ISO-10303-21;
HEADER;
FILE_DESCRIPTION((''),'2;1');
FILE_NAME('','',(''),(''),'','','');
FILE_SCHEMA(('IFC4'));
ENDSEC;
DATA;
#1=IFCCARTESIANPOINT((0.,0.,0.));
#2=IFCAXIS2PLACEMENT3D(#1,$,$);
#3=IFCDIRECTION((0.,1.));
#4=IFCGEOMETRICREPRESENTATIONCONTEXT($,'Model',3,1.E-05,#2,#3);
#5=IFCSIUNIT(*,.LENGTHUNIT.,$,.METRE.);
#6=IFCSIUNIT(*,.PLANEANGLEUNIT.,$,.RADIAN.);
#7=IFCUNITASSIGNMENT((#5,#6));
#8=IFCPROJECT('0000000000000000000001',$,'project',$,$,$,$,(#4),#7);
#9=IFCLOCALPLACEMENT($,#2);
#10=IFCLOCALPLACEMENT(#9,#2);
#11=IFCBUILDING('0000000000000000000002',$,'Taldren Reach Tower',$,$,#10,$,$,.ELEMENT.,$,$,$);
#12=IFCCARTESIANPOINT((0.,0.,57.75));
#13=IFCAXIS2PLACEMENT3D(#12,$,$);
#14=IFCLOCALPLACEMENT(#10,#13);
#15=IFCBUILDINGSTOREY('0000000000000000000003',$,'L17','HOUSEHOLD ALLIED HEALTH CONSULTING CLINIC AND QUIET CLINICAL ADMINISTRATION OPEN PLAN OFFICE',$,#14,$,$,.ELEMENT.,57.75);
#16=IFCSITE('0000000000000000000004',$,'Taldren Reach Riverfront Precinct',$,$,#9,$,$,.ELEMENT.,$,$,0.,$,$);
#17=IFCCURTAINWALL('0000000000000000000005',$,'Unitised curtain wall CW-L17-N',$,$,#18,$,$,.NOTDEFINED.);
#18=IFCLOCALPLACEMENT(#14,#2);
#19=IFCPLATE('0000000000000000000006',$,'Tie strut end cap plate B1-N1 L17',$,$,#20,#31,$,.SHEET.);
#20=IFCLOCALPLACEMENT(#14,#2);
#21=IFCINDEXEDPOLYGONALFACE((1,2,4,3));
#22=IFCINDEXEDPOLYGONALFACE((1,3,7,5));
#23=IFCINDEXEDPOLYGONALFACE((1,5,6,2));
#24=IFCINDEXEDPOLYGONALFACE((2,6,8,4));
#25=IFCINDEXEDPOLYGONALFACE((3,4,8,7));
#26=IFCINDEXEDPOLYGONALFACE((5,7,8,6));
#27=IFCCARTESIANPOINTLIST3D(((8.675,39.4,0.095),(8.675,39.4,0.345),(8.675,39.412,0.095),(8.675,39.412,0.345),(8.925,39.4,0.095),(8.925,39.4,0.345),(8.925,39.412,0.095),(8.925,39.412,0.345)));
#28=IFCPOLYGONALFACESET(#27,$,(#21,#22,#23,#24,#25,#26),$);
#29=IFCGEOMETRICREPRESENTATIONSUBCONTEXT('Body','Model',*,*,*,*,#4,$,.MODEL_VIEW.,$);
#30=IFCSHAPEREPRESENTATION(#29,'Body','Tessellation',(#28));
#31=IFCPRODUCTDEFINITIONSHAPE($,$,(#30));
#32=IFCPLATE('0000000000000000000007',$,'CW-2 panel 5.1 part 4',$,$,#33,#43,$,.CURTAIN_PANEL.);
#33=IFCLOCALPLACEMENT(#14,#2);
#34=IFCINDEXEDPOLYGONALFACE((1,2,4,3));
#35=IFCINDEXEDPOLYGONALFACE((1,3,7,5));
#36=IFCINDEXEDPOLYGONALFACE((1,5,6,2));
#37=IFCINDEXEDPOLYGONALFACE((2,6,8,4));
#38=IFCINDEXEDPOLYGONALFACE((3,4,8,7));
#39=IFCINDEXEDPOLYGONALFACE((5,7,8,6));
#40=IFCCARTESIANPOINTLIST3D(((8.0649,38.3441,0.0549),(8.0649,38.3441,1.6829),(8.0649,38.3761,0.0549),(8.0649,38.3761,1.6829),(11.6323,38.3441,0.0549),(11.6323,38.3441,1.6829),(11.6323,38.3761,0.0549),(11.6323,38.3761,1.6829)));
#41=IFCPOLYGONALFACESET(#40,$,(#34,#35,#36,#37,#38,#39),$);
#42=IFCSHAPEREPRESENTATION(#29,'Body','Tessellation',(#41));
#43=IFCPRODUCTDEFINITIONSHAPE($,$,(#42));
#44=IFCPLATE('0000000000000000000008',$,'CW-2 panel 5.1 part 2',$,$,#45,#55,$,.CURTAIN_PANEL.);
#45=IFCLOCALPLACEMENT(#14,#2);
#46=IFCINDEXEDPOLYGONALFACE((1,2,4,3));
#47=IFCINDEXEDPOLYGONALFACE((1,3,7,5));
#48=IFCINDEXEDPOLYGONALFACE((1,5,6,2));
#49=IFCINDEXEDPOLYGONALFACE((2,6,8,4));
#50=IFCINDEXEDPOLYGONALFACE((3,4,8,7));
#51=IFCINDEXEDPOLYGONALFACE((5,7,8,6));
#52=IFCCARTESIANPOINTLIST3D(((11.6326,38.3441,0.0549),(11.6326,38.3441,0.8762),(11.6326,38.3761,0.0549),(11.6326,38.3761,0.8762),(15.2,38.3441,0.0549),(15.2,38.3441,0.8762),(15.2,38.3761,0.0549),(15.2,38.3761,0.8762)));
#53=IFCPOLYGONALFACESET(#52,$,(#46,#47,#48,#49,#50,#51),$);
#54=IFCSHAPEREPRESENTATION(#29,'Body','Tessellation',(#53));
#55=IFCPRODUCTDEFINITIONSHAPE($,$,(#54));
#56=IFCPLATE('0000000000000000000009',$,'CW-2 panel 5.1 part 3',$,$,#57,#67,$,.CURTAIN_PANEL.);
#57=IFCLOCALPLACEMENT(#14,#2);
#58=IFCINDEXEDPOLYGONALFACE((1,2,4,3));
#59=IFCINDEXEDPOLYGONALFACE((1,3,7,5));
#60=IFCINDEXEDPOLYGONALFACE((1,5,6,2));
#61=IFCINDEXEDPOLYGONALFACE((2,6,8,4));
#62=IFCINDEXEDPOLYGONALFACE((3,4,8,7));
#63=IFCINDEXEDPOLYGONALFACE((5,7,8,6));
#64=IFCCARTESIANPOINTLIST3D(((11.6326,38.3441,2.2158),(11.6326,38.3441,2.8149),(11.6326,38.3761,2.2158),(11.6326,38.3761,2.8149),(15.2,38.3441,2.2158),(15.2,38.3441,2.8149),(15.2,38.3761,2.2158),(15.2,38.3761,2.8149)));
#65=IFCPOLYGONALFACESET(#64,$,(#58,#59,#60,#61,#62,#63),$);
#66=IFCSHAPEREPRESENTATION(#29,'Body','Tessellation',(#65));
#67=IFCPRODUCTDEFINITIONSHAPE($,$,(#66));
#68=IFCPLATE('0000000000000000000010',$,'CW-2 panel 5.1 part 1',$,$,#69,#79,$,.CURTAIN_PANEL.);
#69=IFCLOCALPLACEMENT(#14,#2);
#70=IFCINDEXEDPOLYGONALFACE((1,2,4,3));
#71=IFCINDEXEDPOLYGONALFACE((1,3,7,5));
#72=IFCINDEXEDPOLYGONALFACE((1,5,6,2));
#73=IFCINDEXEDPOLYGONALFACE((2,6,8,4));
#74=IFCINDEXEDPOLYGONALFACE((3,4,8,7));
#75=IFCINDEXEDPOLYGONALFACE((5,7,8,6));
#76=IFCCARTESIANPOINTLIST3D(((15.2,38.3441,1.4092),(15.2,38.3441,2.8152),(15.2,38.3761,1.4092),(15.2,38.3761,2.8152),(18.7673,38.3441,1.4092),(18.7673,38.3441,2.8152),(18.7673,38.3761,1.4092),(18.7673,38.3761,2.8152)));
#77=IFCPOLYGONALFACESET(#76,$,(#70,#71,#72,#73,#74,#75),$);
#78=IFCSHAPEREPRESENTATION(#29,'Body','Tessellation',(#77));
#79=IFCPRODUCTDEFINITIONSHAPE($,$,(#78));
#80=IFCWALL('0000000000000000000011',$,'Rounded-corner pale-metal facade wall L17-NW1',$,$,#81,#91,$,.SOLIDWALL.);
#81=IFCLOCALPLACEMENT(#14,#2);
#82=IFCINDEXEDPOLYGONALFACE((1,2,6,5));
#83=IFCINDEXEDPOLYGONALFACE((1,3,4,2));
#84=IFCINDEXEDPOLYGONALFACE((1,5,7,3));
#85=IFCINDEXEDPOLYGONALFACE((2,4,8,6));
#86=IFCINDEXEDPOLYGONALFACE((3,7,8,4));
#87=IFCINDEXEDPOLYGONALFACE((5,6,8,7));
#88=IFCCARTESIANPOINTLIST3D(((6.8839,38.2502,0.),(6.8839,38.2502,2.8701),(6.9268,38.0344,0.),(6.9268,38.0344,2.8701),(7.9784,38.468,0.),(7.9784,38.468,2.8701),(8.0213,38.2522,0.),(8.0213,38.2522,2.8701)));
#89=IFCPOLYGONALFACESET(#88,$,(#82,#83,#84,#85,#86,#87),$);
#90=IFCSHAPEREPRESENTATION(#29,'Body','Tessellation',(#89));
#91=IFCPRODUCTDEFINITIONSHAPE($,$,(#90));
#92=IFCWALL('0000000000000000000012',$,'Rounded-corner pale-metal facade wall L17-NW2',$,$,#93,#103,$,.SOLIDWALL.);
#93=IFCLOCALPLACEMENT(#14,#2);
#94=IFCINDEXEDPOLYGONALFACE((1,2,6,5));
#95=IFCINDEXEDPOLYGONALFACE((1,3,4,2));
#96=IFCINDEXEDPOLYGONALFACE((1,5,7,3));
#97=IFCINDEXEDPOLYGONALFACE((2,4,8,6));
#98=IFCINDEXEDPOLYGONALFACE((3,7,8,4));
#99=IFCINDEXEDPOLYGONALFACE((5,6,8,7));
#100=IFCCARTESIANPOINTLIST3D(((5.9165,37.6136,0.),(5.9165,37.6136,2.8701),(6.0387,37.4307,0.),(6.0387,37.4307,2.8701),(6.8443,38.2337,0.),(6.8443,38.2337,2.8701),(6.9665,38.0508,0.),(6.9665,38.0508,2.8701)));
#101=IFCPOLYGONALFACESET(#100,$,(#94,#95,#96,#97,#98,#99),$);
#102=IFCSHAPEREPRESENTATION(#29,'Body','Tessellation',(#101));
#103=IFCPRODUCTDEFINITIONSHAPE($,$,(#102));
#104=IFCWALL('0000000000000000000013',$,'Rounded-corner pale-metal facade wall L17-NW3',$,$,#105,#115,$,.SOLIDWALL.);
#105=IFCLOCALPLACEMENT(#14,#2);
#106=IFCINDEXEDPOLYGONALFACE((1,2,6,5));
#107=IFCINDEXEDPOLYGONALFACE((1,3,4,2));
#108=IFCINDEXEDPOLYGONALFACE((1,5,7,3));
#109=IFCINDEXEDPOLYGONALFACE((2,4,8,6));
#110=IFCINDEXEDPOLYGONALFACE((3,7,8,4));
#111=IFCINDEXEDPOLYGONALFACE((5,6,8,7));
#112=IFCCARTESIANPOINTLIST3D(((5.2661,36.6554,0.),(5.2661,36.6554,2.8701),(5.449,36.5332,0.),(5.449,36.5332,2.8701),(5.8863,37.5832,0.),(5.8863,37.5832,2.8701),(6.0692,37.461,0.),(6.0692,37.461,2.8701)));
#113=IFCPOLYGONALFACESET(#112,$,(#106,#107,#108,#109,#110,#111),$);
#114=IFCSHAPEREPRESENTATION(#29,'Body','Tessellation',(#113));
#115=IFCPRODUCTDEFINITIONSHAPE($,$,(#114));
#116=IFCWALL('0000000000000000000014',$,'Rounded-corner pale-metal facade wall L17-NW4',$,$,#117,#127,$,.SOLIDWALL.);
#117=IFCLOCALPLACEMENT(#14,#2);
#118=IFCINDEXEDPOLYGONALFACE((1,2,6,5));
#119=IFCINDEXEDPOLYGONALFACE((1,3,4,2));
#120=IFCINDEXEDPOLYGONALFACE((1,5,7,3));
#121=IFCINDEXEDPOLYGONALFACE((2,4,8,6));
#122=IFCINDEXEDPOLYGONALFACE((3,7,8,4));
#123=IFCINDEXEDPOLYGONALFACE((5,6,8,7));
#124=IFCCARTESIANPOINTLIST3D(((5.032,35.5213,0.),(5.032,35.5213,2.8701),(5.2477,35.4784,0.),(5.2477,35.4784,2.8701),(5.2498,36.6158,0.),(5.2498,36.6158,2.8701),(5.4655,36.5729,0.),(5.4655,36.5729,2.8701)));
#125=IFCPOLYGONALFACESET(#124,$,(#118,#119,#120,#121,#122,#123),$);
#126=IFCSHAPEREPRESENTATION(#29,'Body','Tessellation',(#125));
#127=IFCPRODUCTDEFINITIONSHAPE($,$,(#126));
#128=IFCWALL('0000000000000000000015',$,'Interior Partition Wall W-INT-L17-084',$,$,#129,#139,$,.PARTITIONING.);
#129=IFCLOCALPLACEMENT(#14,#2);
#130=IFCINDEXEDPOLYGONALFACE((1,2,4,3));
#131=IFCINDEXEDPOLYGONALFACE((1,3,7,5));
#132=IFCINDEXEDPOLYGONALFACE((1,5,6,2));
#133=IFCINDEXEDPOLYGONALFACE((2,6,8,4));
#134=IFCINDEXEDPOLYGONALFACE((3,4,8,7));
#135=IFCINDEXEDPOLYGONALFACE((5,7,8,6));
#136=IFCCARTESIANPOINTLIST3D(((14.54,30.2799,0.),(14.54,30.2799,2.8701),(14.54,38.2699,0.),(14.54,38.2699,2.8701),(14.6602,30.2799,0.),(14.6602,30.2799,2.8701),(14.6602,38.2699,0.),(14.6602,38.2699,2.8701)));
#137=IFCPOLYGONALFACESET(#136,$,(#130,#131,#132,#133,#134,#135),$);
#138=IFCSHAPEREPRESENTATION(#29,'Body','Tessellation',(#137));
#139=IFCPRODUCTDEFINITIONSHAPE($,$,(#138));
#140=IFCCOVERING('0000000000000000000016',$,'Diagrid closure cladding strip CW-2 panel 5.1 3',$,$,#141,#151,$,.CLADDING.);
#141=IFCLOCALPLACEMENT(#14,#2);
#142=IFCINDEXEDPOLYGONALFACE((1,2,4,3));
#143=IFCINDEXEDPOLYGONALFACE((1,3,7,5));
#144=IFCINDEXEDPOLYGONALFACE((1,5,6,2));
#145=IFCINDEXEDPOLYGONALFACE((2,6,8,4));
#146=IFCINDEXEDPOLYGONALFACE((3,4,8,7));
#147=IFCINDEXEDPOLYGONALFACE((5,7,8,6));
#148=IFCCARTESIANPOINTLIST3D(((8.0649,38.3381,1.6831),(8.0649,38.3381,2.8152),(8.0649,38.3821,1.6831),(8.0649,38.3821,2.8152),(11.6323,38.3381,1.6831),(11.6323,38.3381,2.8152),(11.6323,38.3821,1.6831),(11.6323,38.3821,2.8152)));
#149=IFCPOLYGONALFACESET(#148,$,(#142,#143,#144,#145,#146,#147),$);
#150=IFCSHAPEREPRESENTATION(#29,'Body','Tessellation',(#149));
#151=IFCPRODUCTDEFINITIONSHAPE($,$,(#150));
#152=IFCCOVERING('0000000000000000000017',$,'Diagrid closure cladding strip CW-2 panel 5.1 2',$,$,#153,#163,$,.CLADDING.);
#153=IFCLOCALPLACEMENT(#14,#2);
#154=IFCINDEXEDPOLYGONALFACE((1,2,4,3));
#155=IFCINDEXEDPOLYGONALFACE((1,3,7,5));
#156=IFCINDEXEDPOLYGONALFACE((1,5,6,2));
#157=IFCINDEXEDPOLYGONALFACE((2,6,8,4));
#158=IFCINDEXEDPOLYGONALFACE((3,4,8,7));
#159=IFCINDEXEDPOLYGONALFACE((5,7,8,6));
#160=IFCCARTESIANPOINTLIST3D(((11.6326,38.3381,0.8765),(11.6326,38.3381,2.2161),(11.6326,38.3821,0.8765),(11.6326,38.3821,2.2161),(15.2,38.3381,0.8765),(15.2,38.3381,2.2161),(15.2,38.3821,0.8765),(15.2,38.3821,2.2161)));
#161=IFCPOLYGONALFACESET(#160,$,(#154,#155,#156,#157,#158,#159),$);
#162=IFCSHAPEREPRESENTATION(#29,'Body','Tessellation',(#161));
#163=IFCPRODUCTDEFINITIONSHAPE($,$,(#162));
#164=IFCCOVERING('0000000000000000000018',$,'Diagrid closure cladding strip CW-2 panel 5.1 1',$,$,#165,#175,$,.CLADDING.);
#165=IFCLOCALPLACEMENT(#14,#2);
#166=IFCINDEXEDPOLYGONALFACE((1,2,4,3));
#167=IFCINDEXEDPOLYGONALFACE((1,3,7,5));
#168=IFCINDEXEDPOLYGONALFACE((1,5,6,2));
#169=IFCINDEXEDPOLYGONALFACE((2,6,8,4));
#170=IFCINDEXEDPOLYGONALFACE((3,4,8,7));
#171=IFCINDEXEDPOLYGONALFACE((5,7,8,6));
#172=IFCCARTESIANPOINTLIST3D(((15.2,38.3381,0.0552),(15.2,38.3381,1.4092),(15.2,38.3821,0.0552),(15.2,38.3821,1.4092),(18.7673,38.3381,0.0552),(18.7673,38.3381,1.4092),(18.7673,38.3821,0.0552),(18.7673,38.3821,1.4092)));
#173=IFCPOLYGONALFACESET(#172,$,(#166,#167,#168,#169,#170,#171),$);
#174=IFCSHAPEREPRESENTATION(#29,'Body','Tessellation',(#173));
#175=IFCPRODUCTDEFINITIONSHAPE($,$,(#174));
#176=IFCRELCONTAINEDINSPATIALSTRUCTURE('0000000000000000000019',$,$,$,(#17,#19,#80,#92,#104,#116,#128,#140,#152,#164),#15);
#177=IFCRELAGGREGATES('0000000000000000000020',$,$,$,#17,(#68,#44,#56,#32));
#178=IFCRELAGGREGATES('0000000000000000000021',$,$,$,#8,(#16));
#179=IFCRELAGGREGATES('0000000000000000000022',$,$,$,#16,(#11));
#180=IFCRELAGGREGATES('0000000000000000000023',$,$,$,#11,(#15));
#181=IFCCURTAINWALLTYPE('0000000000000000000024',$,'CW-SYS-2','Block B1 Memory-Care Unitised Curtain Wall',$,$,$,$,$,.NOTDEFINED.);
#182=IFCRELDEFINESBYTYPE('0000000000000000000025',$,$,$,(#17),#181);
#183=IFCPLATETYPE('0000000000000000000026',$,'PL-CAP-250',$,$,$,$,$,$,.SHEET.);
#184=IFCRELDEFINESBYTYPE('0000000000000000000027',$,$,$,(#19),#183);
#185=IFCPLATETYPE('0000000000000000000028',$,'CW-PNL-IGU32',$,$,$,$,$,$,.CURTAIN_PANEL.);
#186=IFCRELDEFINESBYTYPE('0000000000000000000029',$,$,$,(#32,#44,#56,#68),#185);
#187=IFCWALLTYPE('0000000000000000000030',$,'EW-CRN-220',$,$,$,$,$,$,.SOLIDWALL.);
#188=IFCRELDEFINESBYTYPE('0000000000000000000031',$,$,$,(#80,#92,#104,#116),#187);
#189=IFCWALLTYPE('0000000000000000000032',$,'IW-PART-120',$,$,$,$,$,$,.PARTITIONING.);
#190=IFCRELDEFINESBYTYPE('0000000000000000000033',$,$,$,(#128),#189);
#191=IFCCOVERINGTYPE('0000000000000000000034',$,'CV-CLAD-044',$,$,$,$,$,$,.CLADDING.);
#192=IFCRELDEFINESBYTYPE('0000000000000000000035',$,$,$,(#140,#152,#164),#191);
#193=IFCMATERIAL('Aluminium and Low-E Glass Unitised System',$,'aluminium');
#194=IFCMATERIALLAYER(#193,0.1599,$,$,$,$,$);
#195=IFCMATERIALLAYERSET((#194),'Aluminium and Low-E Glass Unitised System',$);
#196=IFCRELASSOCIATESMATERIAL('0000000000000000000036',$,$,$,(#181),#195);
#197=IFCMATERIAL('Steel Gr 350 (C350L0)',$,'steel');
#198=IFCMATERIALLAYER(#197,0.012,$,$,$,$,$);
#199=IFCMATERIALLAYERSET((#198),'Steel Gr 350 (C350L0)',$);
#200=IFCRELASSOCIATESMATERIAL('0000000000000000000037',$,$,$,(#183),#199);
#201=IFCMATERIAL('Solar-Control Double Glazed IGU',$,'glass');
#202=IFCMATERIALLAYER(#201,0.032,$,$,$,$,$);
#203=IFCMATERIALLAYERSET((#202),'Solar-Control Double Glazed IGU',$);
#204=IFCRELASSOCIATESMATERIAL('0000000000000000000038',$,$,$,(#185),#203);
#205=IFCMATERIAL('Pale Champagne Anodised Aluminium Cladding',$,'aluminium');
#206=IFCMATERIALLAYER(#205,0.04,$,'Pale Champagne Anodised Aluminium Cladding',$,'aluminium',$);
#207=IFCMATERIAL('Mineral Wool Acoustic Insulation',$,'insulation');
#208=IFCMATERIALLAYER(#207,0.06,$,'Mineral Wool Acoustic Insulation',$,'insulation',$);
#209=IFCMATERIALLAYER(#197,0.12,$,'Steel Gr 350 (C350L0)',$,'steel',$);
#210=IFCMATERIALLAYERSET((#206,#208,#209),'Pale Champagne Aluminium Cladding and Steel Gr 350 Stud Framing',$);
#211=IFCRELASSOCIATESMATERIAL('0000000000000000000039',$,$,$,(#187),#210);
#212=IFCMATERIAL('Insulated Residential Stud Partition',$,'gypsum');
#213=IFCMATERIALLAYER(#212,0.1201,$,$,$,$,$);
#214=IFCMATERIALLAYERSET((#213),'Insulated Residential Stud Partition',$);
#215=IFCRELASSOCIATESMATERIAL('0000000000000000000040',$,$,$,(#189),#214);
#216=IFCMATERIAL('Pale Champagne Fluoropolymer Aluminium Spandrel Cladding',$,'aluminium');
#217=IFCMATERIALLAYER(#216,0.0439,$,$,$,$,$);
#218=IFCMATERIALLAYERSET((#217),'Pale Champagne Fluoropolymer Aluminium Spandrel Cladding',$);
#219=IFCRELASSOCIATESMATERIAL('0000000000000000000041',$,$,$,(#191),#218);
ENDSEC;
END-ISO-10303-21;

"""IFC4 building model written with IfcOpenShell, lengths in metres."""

from ifc_helpers import new_model, si_unit, direction, frame, frame_2d, origin, origin_2d, place, context, subcontext, project, spatial, rectangle, extrude, source, transform, mapped, material, layer, layer_set, type_object, element, aggregate, save


model = new_model("IFC4")

# Units and contexts
model_context = context("Model", 3, precision=1e-05, world=origin(), true_north=direction((0.0, 1.0)))
body_context = subcontext(model_context, "Body", "Model", "MODEL_VIEW")
ifc_project = project(units=[si_unit("LENGTHUNIT", "METRE"), si_unit("PLANEANGLEUNIT", "RADIAN")], contexts=[model_context])

# Site, building, storey
site_placement = place(None, origin())
site = spatial("IfcSite", under=ifc_project, at=site_placement, Name="Taldren Reach Riverfront Precinct", CompositionType="ELEMENT", RefElevation=0.0)
building_placement = place(site_placement, origin())
building = spatial("IfcBuilding", under=site, at=building_placement, Name="Taldren Reach Tower", CompositionType="ELEMENT")
storey_placement = place(building_placement, frame((0.0, 0.0, 57.75)))
storey = spatial("IfcBuildingStorey", under=building, at=storey_placement, Name="L17", Description="HOUSEHOLD ALLIED HEALTH CONSULTING CLINIC AND QUIET CLINICAL ADMINISTRATION OPEN PLAN OFFICE", CompositionType="ELEMENT", Elevation=57.75)

# Shared definitions
ifc_material_1 = material(Name="Steel Gr 350 (C350L0)", Category="steel")

# Curtain wall
ifc_material_2 = material(Name="Aluminium and Low-E Glass Unitised System", Category="aluminium")
ifc_layer_1 = layer(ifc_material_2, 0.1599)
ifc_layer_set_1 = layer_set([ifc_layer_1], Name="Aluminium and Low-E Glass Unitised System")
curtain_wall_type = type_object("IfcCurtainWallType", Name="CW-SYS-2", Description="Block B1 Memory-Care Unitised Curtain Wall", PredefinedType="NOTDEFINED", material=ifc_layer_set_1)
curtain_wall_1_placement = place(storey_placement, origin())
curtain_wall_1 = element("IfcCurtainWall", 1, at=curtain_wall_1_placement, inside=storey, type_object=curtain_wall_type, Name="Unitised curtain wall CW-L17-N", PredefinedType="NOTDEFINED")

# Plates
ifc_layer_2 = layer(ifc_material_1, 0.012)
ifc_layer_set_2 = layer_set([ifc_layer_2], Name="Steel Gr 350 (C350L0)")
plate_type_1 = type_object("IfcPlateType", Name="PL-CAP-250", PredefinedType="SHEET", material=ifc_layer_set_2)
shared_shape_1 = source(origin(), body_context, "Body", "SweptSolid", [
    extrude(rectangle(XDim=0.25, YDim=0.012, at=origin_2d()), origin(), (0.0, 0.0, 1.0), 0.25),
])
plate_1_placement = place(storey_placement, frame((8.8, 39.406, 0.095), z_axis=(0.0, 0.0, 1.0), x_axis=(1.0, 0.0, 0.0)))
element("IfcPlate", 2, at=plate_1_placement, inside=storey, type_object=plate_type_1, Name="Tie strut end cap plate B1-N1 L17", PredefinedType="SHEET", context=body_context, shape_type="MappedRepresentation", body=[
    mapped(shared_shape_1, transform((0.0, 0.0, 0.0), scale=1.0)),
])
ifc_material_3 = material(Name="Solar-Control Double Glazed IGU", Category="glass")
ifc_layer_3 = layer(ifc_material_3, 0.032)
ifc_layer_set_3 = layer_set([ifc_layer_3], Name="Solar-Control Double Glazed IGU")
plate_type_2 = type_object("IfcPlateType", Name="CW-PNL-IGU32", PredefinedType="CURTAIN_PANEL", material=ifc_layer_set_3)
shared_shape_2 = source(origin(), body_context, "Body", "SweptSolid", [
    extrude(rectangle(XDim=3.5674, YDim=0.032, at=origin_2d()), origin(), (0.0, 0.0, 1.0), 1.6279),
])
plate_2_placement = place(storey_placement, frame((9.8486, 38.3601, 0.0549), z_axis=(0.0, 0.0, 1.0), x_axis=(-1.0, 0.0, 0.0)))
plate_2 = element("IfcPlate", 3, at=plate_2_placement, type_object=plate_type_2, Name="CW-2 panel 5.1 part 4", PredefinedType="CURTAIN_PANEL", context=body_context, shape_type="MappedRepresentation", body=[
    mapped(shared_shape_2, transform((0.0, 0.0, 0.0), scale=1.0)),
])
shared_shape_3 = source(origin(), body_context, "Body", "SweptSolid", [
    extrude(rectangle(XDim=3.5674, YDim=0.032, at=origin_2d()), origin(), (0.0, 0.0, 1.0), 0.8213),
])
plate_3_placement = place(storey_placement, frame((13.4163, 38.3601, 0.0549), z_axis=(0.0, 0.0, 1.0), x_axis=(-1.0, 0.0, 0.0)))
plate_3 = element("IfcPlate", 4, at=plate_3_placement, type_object=plate_type_2, Name="CW-2 panel 5.1 part 2", PredefinedType="CURTAIN_PANEL", context=body_context, shape_type="MappedRepresentation", body=[
    mapped(shared_shape_3, transform((0.0, 0.0, 0.0), scale=1.0)),
])
shared_shape_4 = source(origin(), body_context, "Body", "SweptSolid", [
    extrude(rectangle(XDim=3.5674, YDim=0.032, at=origin_2d()), origin(), (0.0, 0.0, 1.0), 0.5991),
])
plate_4_placement = place(storey_placement, frame((13.4163, 38.3601, 2.2158), z_axis=(0.0, 0.0, 1.0), x_axis=(-1.0, 0.0, 0.0)))
plate_4 = element("IfcPlate", 5, at=plate_4_placement, type_object=plate_type_2, Name="CW-2 panel 5.1 part 3", PredefinedType="CURTAIN_PANEL", context=body_context, shape_type="MappedRepresentation", body=[
    mapped(shared_shape_4, transform((0.0, 0.0, 0.0), scale=1.0)),
])
shared_shape_5 = source(origin(), body_context, "Body", "SweptSolid", [
    extrude(rectangle(XDim=3.5674, YDim=0.032, at=origin_2d()), origin(), (0.0, 0.0, 1.0), 1.406),
])
plate_5_placement = place(storey_placement, frame((16.9836, 38.3601, 1.4092), z_axis=(0.0, 0.0, 1.0), x_axis=(-1.0, 0.0, 0.0)))
plate_5 = element("IfcPlate", 6, at=plate_5_placement, type_object=plate_type_2, Name="CW-2 panel 5.1 part 1", PredefinedType="CURTAIN_PANEL", context=body_context, shape_type="MappedRepresentation", body=[
    mapped(shared_shape_5, transform((0.0, 0.0, 0.0), scale=1.0)),
])
aggregate(curtain_wall_1, [plate_5, plate_3, plate_4, plate_2])

# Walls
ifc_material_4 = material(Name="Pale Champagne Anodised Aluminium Cladding", Category="aluminium")
ifc_layer_4 = layer(ifc_material_4, 0.04, Name="Pale Champagne Anodised Aluminium Cladding", Category="aluminium")
ifc_material_5 = material(Name="Mineral Wool Acoustic Insulation", Category="insulation")
ifc_layer_5 = layer(ifc_material_5, 0.06, Name="Mineral Wool Acoustic Insulation", Category="insulation")
ifc_layer_6 = layer(ifc_material_1, 0.12, Name="Steel Gr 350 (C350L0)", Category="steel")
ifc_layer_set_4 = layer_set([ifc_layer_4, ifc_layer_5, ifc_layer_6], Name="Pale Champagne Aluminium Cladding and Steel Gr 350 Stud Framing")
wall_type_1 = type_object("IfcWallType", Name="EW-CRN-220", PredefinedType="SOLIDWALL", material=ifc_layer_set_4)
shared_shape_6 = source(origin(), body_context, "Body", "SweptSolid", [
    extrude(rectangle(XDim=1.116, YDim=0.22, at=frame_2d((0.5581, 0.0))), origin(), (0.0, 0.0, 1.0), 2.8701),
])
for number, where, z_axis, x_axis, name in (
    (7, (8.0, 38.3601, 0.0), (0.0, 0.0, 1.0), (-0.980774, -0.195148, 0.0), "Rounded-corner pale-metal facade wall L17-NW1"),
    (8, (6.9055, 38.1423, 0.0), (0.0, 0.0, 1.0), (-0.831377, -0.55571, 0.0), "Rounded-corner pale-metal facade wall L17-NW2"),
    (9, (5.9778, 37.5222, 0.0), (0.0, 0.0, 1.0), (-0.55571, -0.831377, 0.0), "Rounded-corner pale-metal facade wall L17-NW3"),
    (10, (5.3577, 36.5945, 0.0), (0.0, 0.0, 1.0), (-0.195148, -0.980774, 0.0), "Rounded-corner pale-metal facade wall L17-NW4"),
):
    element("IfcWall", number, at=place(storey_placement, frame(where, z_axis=z_axis, x_axis=x_axis)), inside=storey, type_object=wall_type_1, Name=name, PredefinedType="SOLIDWALL", context=body_context, shape_type="MappedRepresentation", body=[
        mapped(shared_shape_6, transform((0.0, 0.0, 0.0), scale=1.0)),
    ])
ifc_material_6 = material(Name="Insulated Residential Stud Partition", Category="gypsum")
ifc_layer_7 = layer(ifc_material_6, 0.1201)
ifc_layer_set_5 = layer_set([ifc_layer_7], Name="Insulated Residential Stud Partition")
wall_type_2 = type_object("IfcWallType", Name="IW-PART-120", PredefinedType="PARTITIONING", material=ifc_layer_set_5)
shared_shape_7 = source(origin(), body_context, "Body", "SweptSolid", [
    extrude(rectangle(XDim=7.99, YDim=0.1201, at=frame_2d((3.9951, 0.0))), origin(), (0.0, 0.0, 1.0), 2.8701),
])
wall_placement = place(storey_placement, frame((14.6001, 38.27, 0.0), z_axis=(0.0, 0.0, 1.0), x_axis=(0.0, -1.0, 0.0)))
element("IfcWall", 11, at=wall_placement, inside=storey, type_object=wall_type_2, Name="Interior Partition Wall W-INT-L17-084", PredefinedType="PARTITIONING", context=body_context, shape_type="MappedRepresentation", body=[
    mapped(shared_shape_7, transform((0.0, 0.0, 0.0), scale=1.0)),
])

# Coverings
ifc_material_7 = material(Name="Pale Champagne Fluoropolymer Aluminium Spandrel Cladding", Category="aluminium")
ifc_layer_8 = layer(ifc_material_7, 0.0439)
ifc_layer_set_6 = layer_set([ifc_layer_8], Name="Pale Champagne Fluoropolymer Aluminium Spandrel Cladding")
covering_type = type_object("IfcCoveringType", Name="CV-CLAD-044", PredefinedType="CLADDING", material=ifc_layer_set_6)
shared_shape_8 = source(origin(), body_context, "Body", "SweptSolid", [
    extrude(rectangle(XDim=3.5674, YDim=0.0439, at=origin_2d()), origin(), (0.0, 0.0, 1.0), 1.1321),
])
covering_1_placement = place(storey_placement, frame((9.8486, 38.3601, 1.6831), z_axis=(0.0, 0.0, 1.0), x_axis=(-1.0, 0.0, 0.0)))
element("IfcCovering", 12, at=covering_1_placement, inside=storey, type_object=covering_type, Name="Diagrid closure cladding strip CW-2 panel 5.1 3", PredefinedType="CLADDING", context=body_context, shape_type="MappedRepresentation", body=[
    mapped(shared_shape_8, transform((0.0, 0.0, 0.0), scale=1.0)),
])
shared_shape_9 = source(origin(), body_context, "Body", "SweptSolid", [
    extrude(rectangle(XDim=3.5674, YDim=0.0439, at=origin_2d()), origin(), (0.0, 0.0, 1.0), 1.3396),
])
covering_2_placement = place(storey_placement, frame((13.4163, 38.3601, 0.8765), z_axis=(0.0, 0.0, 1.0), x_axis=(-1.0, 0.0, 0.0)))
element("IfcCovering", 13, at=covering_2_placement, inside=storey, type_object=covering_type, Name="Diagrid closure cladding strip CW-2 panel 5.1 2", PredefinedType="CLADDING", context=body_context, shape_type="MappedRepresentation", body=[
    mapped(shared_shape_9, transform((0.0, 0.0, 0.0), scale=1.0)),
])
shared_shape_10 = source(origin(), body_context, "Body", "SweptSolid", [
    extrude(rectangle(XDim=3.5674, YDim=0.0439, at=origin_2d()), origin(), (0.0, 0.0, 1.0), 1.354),
])
covering_3_placement = place(storey_placement, frame((16.9836, 38.3601, 0.0552), z_axis=(0.0, 0.0, 1.0), x_axis=(-1.0, 0.0, 0.0)))
element("IfcCovering", 14, at=covering_3_placement, inside=storey, type_object=covering_type, Name="Diagrid closure cladding strip CW-2 panel 5.1 1", PredefinedType="CLADDING", context=body_context, shape_type="MappedRepresentation", body=[
    mapped(shared_shape_10, transform((0.0, 0.0, 0.0), scale=1.0)),
])

save(model, "model.ifc")
